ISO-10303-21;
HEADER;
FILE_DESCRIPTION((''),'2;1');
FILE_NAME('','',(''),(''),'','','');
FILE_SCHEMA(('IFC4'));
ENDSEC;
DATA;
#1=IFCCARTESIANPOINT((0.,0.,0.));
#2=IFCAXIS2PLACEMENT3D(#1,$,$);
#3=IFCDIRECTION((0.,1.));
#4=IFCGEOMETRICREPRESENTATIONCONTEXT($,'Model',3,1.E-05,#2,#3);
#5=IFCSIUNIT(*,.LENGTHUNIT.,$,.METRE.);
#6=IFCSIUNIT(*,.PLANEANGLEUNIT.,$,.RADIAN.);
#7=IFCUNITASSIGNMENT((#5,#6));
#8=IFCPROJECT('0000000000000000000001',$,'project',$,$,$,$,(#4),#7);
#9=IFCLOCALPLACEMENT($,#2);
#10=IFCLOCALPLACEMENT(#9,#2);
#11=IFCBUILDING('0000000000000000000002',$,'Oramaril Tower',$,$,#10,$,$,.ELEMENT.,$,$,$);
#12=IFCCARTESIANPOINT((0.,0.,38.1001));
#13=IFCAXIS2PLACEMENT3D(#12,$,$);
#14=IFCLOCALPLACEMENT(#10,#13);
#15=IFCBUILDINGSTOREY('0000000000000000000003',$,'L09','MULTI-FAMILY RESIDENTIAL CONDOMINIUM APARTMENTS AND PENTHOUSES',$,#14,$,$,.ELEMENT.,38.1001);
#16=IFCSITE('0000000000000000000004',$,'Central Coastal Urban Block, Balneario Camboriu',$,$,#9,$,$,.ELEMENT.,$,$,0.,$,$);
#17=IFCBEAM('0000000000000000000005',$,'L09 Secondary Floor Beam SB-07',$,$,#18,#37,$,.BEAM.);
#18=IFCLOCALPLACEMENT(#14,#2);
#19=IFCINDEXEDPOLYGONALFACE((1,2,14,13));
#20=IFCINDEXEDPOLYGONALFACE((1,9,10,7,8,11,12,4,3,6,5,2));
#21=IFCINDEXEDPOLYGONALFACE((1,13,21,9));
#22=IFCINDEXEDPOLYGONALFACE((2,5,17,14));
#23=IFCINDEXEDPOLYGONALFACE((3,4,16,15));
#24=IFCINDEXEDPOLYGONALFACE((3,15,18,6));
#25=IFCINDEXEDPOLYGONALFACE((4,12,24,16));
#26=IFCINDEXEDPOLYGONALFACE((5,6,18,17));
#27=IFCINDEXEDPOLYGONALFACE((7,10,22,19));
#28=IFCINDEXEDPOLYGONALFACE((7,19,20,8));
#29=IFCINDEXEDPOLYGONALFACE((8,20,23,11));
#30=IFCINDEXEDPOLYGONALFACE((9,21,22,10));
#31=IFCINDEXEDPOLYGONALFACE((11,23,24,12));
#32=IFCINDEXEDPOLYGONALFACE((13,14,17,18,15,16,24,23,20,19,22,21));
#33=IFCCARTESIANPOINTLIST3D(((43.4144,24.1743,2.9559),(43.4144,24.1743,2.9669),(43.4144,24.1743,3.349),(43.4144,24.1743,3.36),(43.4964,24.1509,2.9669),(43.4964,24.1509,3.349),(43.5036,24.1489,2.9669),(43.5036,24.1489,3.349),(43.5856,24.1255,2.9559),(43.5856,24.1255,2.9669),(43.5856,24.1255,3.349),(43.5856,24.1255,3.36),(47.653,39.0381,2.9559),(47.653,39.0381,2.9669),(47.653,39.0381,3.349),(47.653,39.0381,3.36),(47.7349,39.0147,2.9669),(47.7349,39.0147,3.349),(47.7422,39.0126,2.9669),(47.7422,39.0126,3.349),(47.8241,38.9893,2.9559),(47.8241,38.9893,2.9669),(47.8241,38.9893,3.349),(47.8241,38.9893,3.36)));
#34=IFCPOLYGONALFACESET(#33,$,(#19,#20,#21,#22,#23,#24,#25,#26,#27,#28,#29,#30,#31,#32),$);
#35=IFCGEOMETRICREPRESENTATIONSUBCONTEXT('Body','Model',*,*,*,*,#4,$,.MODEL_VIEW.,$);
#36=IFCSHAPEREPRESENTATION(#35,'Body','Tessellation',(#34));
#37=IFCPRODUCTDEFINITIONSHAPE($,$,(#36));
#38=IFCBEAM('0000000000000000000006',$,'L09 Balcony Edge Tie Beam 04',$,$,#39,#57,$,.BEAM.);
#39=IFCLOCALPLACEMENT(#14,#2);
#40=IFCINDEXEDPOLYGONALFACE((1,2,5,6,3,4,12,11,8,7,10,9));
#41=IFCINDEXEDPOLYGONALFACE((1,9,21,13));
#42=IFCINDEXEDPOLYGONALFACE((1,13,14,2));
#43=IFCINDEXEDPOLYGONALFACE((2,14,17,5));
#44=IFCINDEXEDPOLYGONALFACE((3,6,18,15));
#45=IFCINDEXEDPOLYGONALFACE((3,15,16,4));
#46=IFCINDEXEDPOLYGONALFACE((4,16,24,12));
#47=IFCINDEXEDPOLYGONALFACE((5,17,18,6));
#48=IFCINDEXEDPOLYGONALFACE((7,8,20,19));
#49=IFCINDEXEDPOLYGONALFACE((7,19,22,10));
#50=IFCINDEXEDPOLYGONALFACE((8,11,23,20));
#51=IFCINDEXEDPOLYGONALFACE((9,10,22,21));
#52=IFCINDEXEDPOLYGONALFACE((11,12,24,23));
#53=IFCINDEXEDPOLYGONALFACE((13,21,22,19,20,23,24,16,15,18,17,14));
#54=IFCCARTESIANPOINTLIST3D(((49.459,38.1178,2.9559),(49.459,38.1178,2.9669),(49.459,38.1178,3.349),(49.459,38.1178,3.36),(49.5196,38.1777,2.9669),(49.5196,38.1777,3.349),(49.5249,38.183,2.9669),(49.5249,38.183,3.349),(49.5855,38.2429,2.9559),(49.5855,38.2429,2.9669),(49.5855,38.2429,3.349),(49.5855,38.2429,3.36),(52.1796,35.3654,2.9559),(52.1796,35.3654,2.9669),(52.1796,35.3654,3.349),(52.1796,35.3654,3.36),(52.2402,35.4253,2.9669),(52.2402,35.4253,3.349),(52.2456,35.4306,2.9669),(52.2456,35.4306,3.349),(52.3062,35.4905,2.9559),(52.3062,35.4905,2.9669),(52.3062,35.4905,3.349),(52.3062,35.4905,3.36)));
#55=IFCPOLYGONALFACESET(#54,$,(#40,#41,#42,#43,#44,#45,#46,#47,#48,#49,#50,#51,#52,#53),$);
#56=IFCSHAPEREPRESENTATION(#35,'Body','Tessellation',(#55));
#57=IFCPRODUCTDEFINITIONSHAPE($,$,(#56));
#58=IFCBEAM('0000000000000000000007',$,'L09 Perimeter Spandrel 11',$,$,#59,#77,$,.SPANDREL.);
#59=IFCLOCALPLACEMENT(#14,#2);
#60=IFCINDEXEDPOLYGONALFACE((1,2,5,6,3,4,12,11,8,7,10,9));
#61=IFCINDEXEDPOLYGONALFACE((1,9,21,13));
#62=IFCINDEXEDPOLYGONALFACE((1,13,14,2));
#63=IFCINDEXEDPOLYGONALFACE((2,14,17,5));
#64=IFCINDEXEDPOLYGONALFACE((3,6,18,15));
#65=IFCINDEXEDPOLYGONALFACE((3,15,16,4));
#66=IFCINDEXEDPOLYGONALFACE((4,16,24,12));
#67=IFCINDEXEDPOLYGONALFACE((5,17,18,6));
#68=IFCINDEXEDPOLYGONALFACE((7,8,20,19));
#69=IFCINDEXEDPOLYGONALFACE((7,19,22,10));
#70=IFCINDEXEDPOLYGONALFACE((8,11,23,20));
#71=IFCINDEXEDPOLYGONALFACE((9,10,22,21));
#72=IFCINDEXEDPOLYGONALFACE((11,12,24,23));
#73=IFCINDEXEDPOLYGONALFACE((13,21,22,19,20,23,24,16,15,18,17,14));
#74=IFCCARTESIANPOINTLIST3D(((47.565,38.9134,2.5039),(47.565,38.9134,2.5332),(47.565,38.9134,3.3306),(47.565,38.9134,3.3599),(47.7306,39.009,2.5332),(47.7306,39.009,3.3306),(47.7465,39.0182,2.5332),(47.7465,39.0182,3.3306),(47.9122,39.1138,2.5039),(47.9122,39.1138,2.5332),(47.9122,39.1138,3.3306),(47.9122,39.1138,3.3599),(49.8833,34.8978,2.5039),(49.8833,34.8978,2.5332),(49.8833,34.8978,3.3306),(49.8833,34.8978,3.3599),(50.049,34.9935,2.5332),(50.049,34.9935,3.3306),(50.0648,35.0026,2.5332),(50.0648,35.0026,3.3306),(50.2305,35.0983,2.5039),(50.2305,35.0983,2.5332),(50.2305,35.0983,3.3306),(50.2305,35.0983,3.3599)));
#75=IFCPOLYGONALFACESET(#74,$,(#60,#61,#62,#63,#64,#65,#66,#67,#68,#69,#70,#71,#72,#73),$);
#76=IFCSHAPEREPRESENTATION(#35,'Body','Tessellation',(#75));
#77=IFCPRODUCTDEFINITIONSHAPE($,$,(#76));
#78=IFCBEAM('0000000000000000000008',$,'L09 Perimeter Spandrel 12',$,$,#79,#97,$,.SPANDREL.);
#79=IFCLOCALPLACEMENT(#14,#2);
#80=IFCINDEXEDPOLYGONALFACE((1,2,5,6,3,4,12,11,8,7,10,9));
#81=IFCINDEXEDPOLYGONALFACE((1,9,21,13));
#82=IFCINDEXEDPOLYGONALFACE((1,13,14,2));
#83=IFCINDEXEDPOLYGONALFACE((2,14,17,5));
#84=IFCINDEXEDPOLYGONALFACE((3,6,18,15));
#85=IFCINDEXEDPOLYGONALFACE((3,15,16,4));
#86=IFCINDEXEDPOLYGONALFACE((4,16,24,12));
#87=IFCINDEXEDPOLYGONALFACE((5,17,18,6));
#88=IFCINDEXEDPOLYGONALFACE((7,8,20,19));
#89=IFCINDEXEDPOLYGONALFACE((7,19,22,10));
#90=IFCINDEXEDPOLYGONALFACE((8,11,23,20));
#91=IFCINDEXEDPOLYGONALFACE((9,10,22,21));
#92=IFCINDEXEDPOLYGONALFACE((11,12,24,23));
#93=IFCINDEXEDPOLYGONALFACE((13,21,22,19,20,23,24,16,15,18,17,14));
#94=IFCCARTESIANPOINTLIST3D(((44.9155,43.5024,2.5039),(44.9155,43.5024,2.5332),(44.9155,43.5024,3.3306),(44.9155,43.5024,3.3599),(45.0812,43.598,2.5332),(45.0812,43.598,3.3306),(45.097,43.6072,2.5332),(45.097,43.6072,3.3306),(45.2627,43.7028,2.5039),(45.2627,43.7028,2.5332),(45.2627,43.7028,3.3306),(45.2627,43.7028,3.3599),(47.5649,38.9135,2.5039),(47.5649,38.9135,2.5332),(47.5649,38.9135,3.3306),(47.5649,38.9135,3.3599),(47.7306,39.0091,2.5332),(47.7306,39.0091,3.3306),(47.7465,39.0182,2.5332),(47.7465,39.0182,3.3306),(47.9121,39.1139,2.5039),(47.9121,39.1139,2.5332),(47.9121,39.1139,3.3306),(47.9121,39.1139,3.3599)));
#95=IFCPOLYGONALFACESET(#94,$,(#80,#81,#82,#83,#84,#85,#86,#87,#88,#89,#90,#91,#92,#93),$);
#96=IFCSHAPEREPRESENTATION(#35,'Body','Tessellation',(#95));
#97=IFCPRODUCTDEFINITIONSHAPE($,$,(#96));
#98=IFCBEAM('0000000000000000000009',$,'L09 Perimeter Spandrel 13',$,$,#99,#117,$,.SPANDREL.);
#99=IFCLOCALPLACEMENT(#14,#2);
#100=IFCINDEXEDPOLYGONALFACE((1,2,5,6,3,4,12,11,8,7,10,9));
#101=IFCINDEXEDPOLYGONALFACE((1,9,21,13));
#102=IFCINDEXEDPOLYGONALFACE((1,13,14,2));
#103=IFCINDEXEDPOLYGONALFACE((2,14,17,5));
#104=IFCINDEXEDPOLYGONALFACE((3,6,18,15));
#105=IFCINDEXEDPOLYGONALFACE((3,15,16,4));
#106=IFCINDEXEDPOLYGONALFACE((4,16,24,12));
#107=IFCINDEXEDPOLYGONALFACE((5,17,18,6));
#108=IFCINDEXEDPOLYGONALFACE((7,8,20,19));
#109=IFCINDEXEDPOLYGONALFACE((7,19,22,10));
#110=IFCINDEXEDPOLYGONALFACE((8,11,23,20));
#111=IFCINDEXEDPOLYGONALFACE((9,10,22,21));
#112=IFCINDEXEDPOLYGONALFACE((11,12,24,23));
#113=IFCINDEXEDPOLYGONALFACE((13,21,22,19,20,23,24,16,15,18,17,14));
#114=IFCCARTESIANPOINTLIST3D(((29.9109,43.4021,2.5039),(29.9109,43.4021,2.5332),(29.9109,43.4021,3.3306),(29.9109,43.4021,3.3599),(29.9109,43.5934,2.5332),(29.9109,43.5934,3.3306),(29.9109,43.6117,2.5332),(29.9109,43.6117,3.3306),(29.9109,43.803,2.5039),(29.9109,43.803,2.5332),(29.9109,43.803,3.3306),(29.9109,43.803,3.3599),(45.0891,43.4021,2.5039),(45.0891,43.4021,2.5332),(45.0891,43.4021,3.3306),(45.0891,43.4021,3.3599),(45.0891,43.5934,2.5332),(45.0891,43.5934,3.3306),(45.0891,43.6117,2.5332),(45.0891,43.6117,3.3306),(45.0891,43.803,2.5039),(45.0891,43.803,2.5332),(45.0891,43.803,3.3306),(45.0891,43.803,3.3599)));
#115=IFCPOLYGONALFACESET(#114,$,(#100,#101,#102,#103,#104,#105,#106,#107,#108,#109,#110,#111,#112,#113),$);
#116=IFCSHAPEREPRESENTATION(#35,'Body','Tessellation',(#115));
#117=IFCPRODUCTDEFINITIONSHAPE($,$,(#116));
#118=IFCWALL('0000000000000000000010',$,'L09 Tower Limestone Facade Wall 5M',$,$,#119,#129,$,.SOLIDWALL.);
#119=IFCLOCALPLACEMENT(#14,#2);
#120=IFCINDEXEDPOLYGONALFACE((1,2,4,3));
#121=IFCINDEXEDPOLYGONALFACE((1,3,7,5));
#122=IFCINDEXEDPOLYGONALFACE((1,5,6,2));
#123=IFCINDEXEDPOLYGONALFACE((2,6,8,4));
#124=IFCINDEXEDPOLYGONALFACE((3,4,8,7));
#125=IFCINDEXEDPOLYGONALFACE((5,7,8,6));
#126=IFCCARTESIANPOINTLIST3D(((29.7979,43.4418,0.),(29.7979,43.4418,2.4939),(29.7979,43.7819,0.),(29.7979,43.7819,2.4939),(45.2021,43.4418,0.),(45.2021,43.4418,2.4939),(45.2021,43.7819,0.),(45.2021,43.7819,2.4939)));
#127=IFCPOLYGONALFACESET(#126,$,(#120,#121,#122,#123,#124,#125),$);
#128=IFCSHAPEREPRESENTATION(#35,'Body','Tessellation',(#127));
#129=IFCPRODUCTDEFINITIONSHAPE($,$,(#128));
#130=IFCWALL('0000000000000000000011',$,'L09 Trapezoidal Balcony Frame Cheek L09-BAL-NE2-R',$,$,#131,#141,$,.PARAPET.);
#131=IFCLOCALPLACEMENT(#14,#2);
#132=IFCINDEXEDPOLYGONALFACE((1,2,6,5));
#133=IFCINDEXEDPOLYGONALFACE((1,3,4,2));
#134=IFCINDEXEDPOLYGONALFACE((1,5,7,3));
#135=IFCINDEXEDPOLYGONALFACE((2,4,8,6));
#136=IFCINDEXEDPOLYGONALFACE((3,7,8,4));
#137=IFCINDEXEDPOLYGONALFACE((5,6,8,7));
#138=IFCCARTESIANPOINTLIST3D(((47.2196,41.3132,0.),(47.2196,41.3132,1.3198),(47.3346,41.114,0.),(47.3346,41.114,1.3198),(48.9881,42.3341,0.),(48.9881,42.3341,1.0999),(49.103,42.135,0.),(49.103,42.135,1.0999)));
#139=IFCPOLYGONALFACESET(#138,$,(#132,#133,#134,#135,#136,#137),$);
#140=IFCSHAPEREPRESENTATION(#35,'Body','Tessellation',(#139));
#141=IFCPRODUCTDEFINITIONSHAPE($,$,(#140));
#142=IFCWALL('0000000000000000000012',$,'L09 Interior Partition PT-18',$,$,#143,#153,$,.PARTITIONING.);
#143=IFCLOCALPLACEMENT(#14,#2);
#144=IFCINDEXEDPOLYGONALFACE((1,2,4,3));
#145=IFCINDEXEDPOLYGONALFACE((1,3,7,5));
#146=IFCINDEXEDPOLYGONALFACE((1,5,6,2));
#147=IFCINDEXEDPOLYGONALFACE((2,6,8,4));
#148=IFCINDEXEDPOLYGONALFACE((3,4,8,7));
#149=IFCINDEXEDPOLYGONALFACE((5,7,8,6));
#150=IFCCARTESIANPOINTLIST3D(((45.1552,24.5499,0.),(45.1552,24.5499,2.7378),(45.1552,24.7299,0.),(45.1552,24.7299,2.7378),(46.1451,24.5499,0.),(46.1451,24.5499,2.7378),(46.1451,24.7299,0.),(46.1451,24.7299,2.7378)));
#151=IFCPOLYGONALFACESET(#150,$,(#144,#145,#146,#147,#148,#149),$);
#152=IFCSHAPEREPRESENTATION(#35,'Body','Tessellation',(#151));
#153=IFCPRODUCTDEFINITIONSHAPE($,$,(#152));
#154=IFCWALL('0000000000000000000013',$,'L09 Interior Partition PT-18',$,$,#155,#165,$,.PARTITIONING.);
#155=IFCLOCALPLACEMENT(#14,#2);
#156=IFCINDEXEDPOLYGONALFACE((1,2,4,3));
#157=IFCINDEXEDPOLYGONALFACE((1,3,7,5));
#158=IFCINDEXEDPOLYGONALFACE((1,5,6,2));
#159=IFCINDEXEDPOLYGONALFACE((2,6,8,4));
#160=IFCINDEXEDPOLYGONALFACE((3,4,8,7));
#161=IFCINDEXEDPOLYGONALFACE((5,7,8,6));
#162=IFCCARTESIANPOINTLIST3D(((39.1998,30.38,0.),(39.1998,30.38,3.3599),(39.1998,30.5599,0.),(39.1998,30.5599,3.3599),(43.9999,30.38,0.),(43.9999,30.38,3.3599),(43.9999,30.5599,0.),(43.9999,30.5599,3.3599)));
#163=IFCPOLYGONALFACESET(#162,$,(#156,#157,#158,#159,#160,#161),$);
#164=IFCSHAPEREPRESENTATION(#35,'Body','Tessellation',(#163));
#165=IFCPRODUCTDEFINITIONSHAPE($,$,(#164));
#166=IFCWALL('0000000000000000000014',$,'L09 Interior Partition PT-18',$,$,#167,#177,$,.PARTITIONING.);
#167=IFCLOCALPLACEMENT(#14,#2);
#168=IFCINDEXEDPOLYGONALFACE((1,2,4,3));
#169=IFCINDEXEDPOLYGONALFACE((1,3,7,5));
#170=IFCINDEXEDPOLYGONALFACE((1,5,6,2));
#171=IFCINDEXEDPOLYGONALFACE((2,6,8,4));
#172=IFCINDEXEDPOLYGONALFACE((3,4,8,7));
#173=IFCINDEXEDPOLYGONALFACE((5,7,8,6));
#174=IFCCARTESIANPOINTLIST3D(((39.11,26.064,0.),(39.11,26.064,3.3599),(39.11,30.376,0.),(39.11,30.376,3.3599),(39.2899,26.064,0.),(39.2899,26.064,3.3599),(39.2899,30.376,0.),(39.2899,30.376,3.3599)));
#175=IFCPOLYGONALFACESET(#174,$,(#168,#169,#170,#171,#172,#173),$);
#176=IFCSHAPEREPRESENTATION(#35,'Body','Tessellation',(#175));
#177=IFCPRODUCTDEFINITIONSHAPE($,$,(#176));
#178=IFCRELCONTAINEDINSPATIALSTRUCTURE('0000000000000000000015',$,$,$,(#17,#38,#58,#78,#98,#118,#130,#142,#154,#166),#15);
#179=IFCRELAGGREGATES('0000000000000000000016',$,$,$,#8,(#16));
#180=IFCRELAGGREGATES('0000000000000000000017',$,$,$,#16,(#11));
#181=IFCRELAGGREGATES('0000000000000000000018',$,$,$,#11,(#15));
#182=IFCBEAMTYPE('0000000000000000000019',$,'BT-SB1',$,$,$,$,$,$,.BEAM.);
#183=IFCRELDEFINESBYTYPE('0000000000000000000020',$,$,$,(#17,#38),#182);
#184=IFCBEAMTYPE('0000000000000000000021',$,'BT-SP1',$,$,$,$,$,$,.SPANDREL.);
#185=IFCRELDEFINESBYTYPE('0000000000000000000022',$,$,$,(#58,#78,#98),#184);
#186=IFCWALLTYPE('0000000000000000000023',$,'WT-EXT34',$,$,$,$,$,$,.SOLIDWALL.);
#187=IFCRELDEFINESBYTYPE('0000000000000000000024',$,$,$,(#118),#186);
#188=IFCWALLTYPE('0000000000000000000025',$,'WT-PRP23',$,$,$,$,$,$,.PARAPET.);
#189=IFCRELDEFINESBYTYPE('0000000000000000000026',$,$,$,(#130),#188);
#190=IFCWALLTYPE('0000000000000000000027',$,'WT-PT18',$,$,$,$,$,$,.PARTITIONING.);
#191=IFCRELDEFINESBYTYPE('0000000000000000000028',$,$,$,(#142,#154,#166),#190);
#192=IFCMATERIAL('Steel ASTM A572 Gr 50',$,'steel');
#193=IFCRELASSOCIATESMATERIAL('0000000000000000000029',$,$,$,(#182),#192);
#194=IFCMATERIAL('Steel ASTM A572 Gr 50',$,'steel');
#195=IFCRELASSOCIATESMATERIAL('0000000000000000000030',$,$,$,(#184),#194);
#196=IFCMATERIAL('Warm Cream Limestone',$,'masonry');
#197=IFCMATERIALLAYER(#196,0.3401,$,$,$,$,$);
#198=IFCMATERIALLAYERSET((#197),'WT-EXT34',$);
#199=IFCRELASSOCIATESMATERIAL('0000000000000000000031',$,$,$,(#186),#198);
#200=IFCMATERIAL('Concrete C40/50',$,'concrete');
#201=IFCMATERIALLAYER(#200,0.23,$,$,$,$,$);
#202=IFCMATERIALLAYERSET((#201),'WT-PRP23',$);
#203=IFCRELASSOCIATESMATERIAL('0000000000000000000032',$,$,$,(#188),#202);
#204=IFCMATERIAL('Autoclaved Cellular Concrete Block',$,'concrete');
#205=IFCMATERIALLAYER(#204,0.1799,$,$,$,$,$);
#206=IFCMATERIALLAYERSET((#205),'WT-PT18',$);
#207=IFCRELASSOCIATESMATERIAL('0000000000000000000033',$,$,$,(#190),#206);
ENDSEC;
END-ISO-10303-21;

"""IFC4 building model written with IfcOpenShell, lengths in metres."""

from ifc_helpers import new_model, si_unit, direction, frame, frame_2d, origin, origin_2d, place, context, subcontext, project, spatial, polyline, rectangle, i_section, outline, extrude, material, layer, layer_set, material_profile, profile_set, type_object, element, save


model = new_model("IFC4")

# Units and contexts
model_context = context("Model", 3, precision=1e-05, world=origin(), true_north=direction((0.0, 1.0)))
body_context = subcontext(model_context, "Body", "Model", "MODEL_VIEW")
ifc_project = project(units=[si_unit("LENGTHUNIT", "METRE"), si_unit("PLANEANGLEUNIT", "RADIAN")], contexts=[model_context])

# Site, building, storey
site_placement = place(None, origin())
site = spatial("IfcSite", under=ifc_project, at=site_placement, Name="Central Coastal Urban Block, Balneario Camboriu", CompositionType="ELEMENT", RefElevation=0.0)
building_placement = place(site_placement, origin())
building = spatial("IfcBuilding", under=site, at=building_placement, Name="Oramaril Tower", CompositionType="ELEMENT")
storey_placement = place(building_placement, frame((0.0, 0.0, 38.1001)))
storey = spatial("IfcBuildingStorey", under=building, at=storey_placement, Name="L09", Description="MULTI-FAMILY RESIDENTIAL CONDOMINIUM APARTMENTS AND PENTHOUSES", CompositionType="ELEMENT", Elevation=38.1001)

# Beams
ifc_material_1 = material(Name="Steel ASTM A572 Gr 50", Category="steel")
ifc_material_profile_1 = material_profile(ifc_material_1, i_section(OverallWidth=0.178, OverallDepth=0.4041, WebThickness=0.0076, FlangeThickness=0.011, at=origin_2d()), Name="W16X36")
ifc_profile_set_1 = profile_set([ifc_material_profile_1], Name="Steel ASTM A572 Gr 50")
beam_type_1 = type_object("IfcBeamType", Name="BT-SB1", PredefinedType="BEAM", material=ifc_profile_set_1)
beam_1_placement = place(storey_placement, frame((43.5, 24.1499, 3.158), z_axis=(0.274227, 0.961665, 0.0), x_axis=(-0.961665, 0.274227, 0.0)))
element("IfcBeam", 1, at=beam_1_placement, inside=storey, type_object=beam_type_1, Name="L09 Secondary Floor Beam SB-07", PredefinedType="BEAM", context=body_context, shape_type="SweptSolid", body=[
    extrude(i_section(OverallWidth=0.178, OverallDepth=0.4041, WebThickness=0.0076, FlangeThickness=0.011, at=origin_2d()), origin(), (0.0, 0.0, 1.0), 15.4563),
])
beam_2_placement = place(storey_placement, frame((52.2429, 35.428, 3.158), z_axis=(-0.702995, 0.711195, 0.0), x_axis=(-0.711195, -0.702995, 0.0)))
element("IfcBeam", 2, at=beam_2_placement, inside=storey, type_object=beam_type_1, Name="L09 Balcony Edge Tie Beam 04", PredefinedType="BEAM", context=body_context, shape_type="SweptSolid", body=[
    extrude(i_section(OverallWidth=0.178, OverallDepth=0.4041, WebThickness=0.0076, FlangeThickness=0.011, at=origin_2d()), origin(), (0.0, 0.0, 1.0), 3.8701),
])
ifc_material_2 = material(Name="Steel ASTM A572 Gr 50", Category="steel")
ifc_material_profile_2 = material_profile(ifc_material_2, i_section(OverallWidth=0.4009, OverallDepth=0.856, WebThickness=0.0183, FlangeThickness=0.0293, at=origin_2d()), Name="W33X201")
ifc_profile_set_2 = profile_set([ifc_material_profile_2], Name="Steel ASTM A572 Gr 50")
beam_type_2 = type_object("IfcBeamType", Name="BT-SP1", PredefinedType="SPANDREL", material=ifc_profile_set_2)
beam_3_placement = place(storey_placement, frame((50.0569, 34.998, 2.9319), z_axis=(-0.49999, 0.866031, 0.0), x_axis=(-0.866031, -0.49999, 0.0)))
element("IfcBeam", 3, at=beam_3_placement, inside=storey, type_object=beam_type_2, Name="L09 Perimeter Spandrel 11", PredefinedType="SPANDREL", context=body_context, shape_type="SweptSolid", body=[
    extrude(i_section(OverallWidth=0.4009, OverallDepth=0.856, WebThickness=0.0183, FlangeThickness=0.0293, at=origin_2d()), origin(), (0.0, 0.0, 1.0), 4.6367),
])
beam_4_placement = place(storey_placement, frame((47.7385, 39.0137, 2.9319), z_axis=(-0.500004, 0.866023, 0.0), x_axis=(-0.866023, -0.500004, 0.0)))
element("IfcBeam", 4, at=beam_4_placement, inside=storey, type_object=beam_type_2, Name="L09 Perimeter Spandrel 12", PredefinedType="SPANDREL", context=body_context, shape_type="SweptSolid", body=[
    extrude(i_section(OverallWidth=0.4009, OverallDepth=0.856, WebThickness=0.0183, FlangeThickness=0.0293, at=origin_2d()), origin(), (0.0, 0.0, 1.0), 5.2988),
])
beam_5_placement = place(storey_placement, frame((45.0891, 43.6025, 2.9319), z_axis=(-1.0, 0.0, 0.0), x_axis=(0.0, -1.0, 0.0)))
element("IfcBeam", 5, at=beam_5_placement, inside=storey, type_object=beam_type_2, Name="L09 Perimeter Spandrel 13", PredefinedType="SPANDREL", context=body_context, shape_type="SweptSolid", body=[
    extrude(i_section(OverallWidth=0.4009, OverallDepth=0.856, WebThickness=0.0183, FlangeThickness=0.0293, at=origin_2d()), origin(), (0.0, 0.0, 1.0), 15.1782),
])

# Walls
ifc_material_3 = material(Name="Warm Cream Limestone", Category="masonry")
ifc_layer_1 = layer(ifc_material_3, 0.3401)
ifc_layer_set_1 = layer_set([ifc_layer_1], Name="WT-EXT34")
wall_type_1 = type_object("IfcWallType", Name="WT-EXT34", PredefinedType="SOLIDWALL", material=ifc_layer_set_1)
wall_1_placement = place(storey_placement, frame((45.2021, 43.6118, 0.0), z_axis=(0.0, 0.0, 1.0), x_axis=(-1.0, 0.0, 0.0)))
element("IfcWall", 6, at=wall_1_placement, inside=storey, type_object=wall_type_1, Name="L09 Tower Limestone Facade Wall 5M", PredefinedType="SOLIDWALL", context=body_context, shape_type="SweptSolid", body=[
    extrude(rectangle(XDim=15.4043, YDim=0.3401, at=frame_2d((7.7021, 0.0))), origin(), (0.0, 0.0, 1.0), 2.4939),
])
ifc_material_4 = material(Name="Concrete C40/50", Category="concrete")
ifc_layer_2 = layer(ifc_material_4, 0.23)
ifc_layer_set_2 = layer_set([ifc_layer_2], Name="WT-PRP23")
wall_type_2 = type_object("IfcWallType", Name="WT-PRP23", PredefinedType="PARAPET", material=ifc_layer_set_2)
wall_2_placement = place(storey_placement, frame((47.2771, 41.2136, 0.0), z_axis=(0.0, 0.0, 1.0), x_axis=(0.866042, 0.499971, 0.0)))
element("IfcWall", 7, at=wall_2_placement, inside=storey, type_object=wall_type_2, Name="L09 Trapezoidal Balcony Frame Cheek L09-BAL-NE2-R", PredefinedType="PARAPET", context=body_context, shape_type="SweptSolid", body=[
    extrude(outline(polyline([(0.0, 0.0), (2.042, 0.0), (2.042, 1.0999), (0.0, 1.3198), (0.0, 0.0)])), frame((0.0, 0.115, 0.0), z_axis=(0.0, -1.0, 0.0), x_axis=(1.0, 0.0, 0.0)), (0.0, 0.0, 1.0), 0.23),
])
ifc_material_5 = material(Name="Autoclaved Cellular Concrete Block", Category="concrete")
ifc_layer_3 = layer(ifc_material_5, 0.1799)
ifc_layer_set_3 = layer_set([ifc_layer_3], Name="WT-PT18")
wall_type_3 = type_object("IfcWallType", Name="WT-PT18", PredefinedType="PARTITIONING", material=ifc_layer_set_3)
wall_3_placement = place(storey_placement, frame((45.155, 24.6399, 0.0), z_axis=(0.0, 0.0, 1.0), x_axis=(1.0, 0.0, 0.0)))
element("IfcWall", 8, at=wall_3_placement, inside=storey, type_object=wall_type_3, Name="L09 Interior Partition PT-18", PredefinedType="PARTITIONING", context=body_context, shape_type="SweptSolid", body=[
    extrude(rectangle(XDim=0.99, YDim=0.1799, at=frame_2d((0.4951, 0.0))), origin(), (0.0, 0.0, 1.0), 2.7378),
])
wall_4_placement = place(storey_placement, frame((39.2, 30.47, 0.0), z_axis=(0.0, 0.0, 1.0), x_axis=(1.0, 0.0, 0.0)))
element("IfcWall", 9, at=wall_4_placement, inside=storey, type_object=wall_type_3, Name="L09 Interior Partition PT-18", PredefinedType="PARTITIONING", context=body_context, shape_type="SweptSolid", body=[
    extrude(rectangle(XDim=4.8, YDim=0.1799, at=frame_2d((2.3999, 0.0))), origin(), (0.0, 0.0, 1.0), 3.3599),
])
wall_5_placement = place(storey_placement, frame((39.2, 26.064, 0.0), z_axis=(0.0, 0.0, 1.0), x_axis=(0.0, 1.0, 0.0)))
element("IfcWall", 10, at=wall_5_placement, inside=storey, type_object=wall_type_3, Name="L09 Interior Partition PT-18", PredefinedType="PARTITIONING", context=body_context, shape_type="SweptSolid", body=[
    extrude(rectangle(XDim=4.312, YDim=0.1799, at=frame_2d((2.156, 0.0))), origin(), (0.0, 0.0, 1.0), 3.3599),
])

save(model, "model.ifc")
